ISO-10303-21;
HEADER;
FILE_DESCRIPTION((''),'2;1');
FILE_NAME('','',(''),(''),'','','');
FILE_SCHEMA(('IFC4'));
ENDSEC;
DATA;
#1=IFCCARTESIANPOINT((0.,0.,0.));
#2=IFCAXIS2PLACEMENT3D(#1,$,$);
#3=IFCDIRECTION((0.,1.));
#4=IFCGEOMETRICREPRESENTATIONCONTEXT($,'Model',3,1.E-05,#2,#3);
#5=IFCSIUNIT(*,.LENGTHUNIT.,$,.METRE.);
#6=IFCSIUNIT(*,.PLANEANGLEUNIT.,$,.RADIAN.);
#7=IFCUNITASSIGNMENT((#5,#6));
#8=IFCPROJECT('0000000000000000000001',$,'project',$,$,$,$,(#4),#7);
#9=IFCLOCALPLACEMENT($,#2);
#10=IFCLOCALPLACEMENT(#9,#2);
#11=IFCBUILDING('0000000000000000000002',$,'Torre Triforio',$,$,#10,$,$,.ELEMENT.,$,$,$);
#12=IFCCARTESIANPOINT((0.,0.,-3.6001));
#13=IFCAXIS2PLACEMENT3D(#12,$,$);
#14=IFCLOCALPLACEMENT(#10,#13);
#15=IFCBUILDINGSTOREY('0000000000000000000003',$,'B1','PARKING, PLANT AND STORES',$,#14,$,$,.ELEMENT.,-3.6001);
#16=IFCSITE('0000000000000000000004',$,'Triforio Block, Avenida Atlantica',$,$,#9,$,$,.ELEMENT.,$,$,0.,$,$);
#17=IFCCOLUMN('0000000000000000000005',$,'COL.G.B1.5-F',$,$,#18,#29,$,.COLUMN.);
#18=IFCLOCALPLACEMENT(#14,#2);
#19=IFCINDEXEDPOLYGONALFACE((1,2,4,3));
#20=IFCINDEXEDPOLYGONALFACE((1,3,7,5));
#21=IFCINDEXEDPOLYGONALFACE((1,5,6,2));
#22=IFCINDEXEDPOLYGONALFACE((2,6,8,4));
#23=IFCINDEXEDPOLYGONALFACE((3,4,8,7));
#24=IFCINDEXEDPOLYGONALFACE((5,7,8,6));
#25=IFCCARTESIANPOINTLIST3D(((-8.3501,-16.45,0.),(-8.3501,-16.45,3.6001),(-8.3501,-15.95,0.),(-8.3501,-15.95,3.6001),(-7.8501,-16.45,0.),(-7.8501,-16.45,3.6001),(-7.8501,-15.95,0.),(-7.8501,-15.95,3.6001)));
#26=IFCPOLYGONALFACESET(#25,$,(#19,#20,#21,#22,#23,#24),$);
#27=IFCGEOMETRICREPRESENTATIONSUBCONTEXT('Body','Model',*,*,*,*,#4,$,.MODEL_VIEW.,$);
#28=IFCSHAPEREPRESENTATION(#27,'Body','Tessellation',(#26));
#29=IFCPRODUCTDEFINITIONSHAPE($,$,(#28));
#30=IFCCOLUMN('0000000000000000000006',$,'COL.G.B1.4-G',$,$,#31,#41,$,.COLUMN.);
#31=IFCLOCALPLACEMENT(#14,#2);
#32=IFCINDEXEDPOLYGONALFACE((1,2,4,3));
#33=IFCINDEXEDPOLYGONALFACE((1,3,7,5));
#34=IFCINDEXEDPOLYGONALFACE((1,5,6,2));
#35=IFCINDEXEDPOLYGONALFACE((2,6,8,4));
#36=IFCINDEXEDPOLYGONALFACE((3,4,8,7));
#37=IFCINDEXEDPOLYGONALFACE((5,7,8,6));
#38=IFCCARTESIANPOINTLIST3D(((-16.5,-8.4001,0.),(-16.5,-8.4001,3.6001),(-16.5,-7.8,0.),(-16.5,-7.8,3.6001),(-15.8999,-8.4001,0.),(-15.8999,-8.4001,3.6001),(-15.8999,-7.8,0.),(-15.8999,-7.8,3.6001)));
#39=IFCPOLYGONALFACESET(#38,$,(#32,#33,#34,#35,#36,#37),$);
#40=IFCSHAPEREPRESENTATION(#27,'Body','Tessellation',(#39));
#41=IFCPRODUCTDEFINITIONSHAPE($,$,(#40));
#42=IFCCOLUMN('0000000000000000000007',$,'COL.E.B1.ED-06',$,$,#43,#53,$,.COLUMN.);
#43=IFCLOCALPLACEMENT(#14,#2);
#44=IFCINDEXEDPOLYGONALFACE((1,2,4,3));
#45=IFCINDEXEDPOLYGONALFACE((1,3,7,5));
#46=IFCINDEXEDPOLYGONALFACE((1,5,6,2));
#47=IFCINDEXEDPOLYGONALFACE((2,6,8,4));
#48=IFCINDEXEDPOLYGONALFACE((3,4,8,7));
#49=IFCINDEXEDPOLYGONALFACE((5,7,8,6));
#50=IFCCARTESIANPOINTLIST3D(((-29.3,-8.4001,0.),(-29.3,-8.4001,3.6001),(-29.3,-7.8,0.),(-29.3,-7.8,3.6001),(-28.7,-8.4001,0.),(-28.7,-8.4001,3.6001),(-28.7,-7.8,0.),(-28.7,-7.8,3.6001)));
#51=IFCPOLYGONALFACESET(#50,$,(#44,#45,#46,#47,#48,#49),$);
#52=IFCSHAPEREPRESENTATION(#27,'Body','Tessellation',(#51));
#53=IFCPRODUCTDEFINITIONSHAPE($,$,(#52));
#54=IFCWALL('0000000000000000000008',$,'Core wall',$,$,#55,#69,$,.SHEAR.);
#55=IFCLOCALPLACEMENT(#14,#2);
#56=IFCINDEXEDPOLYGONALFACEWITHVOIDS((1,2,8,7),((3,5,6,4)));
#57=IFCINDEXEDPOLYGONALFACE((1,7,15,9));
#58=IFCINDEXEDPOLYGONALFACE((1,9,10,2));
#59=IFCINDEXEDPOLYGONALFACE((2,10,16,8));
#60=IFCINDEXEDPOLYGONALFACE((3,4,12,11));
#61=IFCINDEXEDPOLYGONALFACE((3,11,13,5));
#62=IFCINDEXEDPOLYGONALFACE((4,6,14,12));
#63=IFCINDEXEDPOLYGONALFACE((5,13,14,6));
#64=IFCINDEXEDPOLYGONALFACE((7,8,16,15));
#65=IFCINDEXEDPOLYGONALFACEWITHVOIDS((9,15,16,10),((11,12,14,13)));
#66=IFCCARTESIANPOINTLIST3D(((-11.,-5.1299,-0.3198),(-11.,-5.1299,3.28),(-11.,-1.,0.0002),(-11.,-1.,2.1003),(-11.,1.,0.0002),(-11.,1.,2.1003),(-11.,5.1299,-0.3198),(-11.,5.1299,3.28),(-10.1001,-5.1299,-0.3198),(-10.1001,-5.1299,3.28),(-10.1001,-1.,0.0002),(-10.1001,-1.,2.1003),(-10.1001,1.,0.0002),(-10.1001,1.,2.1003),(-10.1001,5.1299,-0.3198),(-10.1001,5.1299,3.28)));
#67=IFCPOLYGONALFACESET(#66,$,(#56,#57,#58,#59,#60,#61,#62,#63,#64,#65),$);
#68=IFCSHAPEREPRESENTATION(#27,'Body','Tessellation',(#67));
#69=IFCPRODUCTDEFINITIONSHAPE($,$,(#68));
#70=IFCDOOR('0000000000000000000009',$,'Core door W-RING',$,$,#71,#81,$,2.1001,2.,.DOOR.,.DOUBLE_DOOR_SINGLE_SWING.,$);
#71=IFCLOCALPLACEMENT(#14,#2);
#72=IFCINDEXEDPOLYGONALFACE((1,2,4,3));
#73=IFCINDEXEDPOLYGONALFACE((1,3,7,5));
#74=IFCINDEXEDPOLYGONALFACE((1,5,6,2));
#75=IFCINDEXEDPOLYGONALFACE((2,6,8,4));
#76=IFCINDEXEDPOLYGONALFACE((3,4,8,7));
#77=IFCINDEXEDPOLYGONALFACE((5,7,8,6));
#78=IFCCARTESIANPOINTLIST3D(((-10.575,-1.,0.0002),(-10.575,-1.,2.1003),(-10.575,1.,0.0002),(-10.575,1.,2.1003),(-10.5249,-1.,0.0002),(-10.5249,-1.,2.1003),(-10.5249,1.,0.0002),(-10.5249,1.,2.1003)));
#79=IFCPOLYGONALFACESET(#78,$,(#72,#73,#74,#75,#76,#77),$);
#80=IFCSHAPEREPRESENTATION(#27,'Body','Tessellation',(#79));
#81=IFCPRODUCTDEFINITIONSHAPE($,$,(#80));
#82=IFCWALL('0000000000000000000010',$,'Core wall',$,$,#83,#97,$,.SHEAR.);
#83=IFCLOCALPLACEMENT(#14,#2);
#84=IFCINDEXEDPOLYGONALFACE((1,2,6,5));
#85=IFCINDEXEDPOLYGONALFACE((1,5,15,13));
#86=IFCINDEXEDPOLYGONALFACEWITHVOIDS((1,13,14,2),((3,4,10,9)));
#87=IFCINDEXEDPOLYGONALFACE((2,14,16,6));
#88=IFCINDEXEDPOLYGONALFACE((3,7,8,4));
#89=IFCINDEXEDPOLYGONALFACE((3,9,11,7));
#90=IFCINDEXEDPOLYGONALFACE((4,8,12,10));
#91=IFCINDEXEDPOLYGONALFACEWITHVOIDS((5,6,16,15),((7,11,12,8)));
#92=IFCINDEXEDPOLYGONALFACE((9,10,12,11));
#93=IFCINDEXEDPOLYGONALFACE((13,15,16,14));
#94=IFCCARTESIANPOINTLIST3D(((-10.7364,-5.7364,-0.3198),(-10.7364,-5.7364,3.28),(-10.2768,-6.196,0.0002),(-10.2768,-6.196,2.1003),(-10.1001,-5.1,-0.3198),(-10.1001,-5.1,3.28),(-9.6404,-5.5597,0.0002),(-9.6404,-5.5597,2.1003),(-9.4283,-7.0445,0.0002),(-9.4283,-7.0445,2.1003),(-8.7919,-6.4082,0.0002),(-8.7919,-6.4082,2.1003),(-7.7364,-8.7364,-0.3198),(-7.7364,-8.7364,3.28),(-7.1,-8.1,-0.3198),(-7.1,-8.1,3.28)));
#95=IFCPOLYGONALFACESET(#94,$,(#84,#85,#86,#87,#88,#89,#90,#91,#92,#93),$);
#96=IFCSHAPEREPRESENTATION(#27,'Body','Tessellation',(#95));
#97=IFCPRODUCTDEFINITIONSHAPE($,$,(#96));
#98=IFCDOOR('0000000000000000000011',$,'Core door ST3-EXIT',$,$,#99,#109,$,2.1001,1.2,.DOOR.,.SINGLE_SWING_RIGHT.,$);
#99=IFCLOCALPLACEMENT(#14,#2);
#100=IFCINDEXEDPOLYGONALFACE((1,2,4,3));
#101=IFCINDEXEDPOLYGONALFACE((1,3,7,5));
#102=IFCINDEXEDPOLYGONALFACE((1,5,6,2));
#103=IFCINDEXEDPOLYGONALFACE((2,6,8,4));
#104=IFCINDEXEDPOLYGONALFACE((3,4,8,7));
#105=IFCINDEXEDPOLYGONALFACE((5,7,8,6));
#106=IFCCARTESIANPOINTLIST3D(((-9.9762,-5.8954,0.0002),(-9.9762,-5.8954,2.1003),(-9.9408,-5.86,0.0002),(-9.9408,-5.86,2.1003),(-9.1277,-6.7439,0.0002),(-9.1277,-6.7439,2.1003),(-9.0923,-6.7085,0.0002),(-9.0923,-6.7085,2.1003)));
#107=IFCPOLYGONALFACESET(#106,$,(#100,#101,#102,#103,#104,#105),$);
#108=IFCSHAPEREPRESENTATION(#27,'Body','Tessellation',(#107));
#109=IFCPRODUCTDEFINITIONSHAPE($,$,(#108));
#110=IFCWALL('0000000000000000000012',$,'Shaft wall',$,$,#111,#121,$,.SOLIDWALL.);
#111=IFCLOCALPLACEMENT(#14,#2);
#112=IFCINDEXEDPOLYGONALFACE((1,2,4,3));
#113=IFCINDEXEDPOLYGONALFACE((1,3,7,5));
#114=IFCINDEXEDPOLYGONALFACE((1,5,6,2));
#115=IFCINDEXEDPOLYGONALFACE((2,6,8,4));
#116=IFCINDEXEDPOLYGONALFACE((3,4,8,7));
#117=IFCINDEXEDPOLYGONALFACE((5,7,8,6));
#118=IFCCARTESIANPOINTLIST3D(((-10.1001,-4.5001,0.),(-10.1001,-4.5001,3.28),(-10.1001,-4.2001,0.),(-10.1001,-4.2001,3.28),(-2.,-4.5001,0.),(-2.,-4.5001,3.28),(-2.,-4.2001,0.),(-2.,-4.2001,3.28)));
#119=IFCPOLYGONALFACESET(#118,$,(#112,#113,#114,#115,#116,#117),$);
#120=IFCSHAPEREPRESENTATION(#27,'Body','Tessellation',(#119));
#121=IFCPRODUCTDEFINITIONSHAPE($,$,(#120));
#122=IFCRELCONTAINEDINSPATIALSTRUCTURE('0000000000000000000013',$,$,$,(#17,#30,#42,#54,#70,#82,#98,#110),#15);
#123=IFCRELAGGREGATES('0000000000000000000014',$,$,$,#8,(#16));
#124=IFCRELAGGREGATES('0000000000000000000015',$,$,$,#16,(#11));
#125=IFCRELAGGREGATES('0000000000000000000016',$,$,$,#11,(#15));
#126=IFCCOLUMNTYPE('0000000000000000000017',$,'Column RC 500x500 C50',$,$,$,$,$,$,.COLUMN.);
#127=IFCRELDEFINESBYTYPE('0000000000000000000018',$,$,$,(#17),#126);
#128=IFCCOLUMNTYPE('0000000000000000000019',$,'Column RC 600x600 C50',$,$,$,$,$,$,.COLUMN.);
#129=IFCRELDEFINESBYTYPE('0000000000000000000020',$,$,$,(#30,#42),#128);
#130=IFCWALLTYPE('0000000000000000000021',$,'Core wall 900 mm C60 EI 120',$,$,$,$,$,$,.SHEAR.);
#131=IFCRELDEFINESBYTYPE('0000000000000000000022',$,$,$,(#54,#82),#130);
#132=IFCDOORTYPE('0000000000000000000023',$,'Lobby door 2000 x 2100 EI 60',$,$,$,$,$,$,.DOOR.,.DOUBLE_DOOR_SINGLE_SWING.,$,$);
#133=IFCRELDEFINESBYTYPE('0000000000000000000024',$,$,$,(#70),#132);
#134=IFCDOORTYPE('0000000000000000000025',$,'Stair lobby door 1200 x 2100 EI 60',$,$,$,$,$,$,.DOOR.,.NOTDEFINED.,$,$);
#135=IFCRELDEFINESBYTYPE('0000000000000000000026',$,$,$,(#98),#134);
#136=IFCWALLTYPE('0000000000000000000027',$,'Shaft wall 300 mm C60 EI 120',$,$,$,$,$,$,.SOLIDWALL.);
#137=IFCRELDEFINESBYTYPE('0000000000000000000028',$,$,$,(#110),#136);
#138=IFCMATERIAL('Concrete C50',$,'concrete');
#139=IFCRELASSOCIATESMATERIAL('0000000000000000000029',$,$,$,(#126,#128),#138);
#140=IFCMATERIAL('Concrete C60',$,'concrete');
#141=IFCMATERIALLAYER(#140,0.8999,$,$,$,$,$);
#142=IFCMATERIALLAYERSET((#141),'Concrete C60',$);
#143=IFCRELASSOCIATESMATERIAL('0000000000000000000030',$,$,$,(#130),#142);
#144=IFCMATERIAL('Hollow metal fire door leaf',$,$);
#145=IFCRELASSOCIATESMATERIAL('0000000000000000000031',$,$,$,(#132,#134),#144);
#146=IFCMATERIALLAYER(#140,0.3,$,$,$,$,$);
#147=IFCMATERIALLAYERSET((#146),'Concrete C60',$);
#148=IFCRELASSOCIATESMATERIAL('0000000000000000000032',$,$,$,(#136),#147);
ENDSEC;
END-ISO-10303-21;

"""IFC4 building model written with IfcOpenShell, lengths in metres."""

from ifc_helpers import new_model, si_unit, direction, frame, frame_2d, origin, origin_2d, place, context, subcontext, project, spatial, rectangle, extrude, material, layer, layer_set, material_profile, profile_set, type_object, element, fill, save


model = new_model("IFC4")

# Units and contexts
model_context = context("Model", 3, precision=1e-05, world=origin(), true_north=direction((0.0, 1.0)))
body_context = subcontext(model_context, "Body", "Model", "MODEL_VIEW")
ifc_project = project(units=[si_unit("LENGTHUNIT", "METRE"), si_unit("PLANEANGLEUNIT", "RADIAN")], contexts=[model_context])

# Site, building, storey
site_placement = place(None, origin())
site = spatial("IfcSite", under=ifc_project, at=site_placement, Name="Triforio Block, Avenida Atlantica", CompositionType="ELEMENT", RefElevation=0.0)
building_placement = place(site_placement, origin())
building = spatial("IfcBuilding", under=site, at=building_placement, Name="Torre Triforio", CompositionType="ELEMENT")
storey_placement = place(building_placement, frame((0.0, 0.0, -3.6001)))
storey = spatial("IfcBuildingStorey", under=building, at=storey_placement, Name="B1", Description="PARKING, PLANT AND STORES", CompositionType="ELEMENT", Elevation=-3.6001)

# Columns
ifc_material_1 = material(Name="Concrete C50", Category="concrete")
ifc_material_profile_1 = material_profile(ifc_material_1, rectangle(XDim=0.5, YDim=0.5, at=origin_2d()), Name="RC 500x500")
ifc_profile_set_1 = profile_set([ifc_material_profile_1], Name="Concrete C50")
column_type_1 = type_object("IfcColumnType", Name="Column RC 500x500 C50", PredefinedType="COLUMN", material=ifc_profile_set_1)
column_placement = place(storey_placement, frame((-8.1001, -16.2, 0.0), z_axis=(0.0, 0.0, 1.0), x_axis=(1.0, 0.0, 0.0)))
element("IfcColumn", 1, at=column_placement, inside=storey, type_object=column_type_1, Name="COL.G.B1.5-F", PredefinedType="COLUMN", context=body_context, shape_type="SweptSolid", body=[
    extrude(rectangle(XDim=0.5, YDim=0.5, at=origin_2d()), origin(), (0.0, 0.0, 1.0), 3.6001),
])
ifc_material_profile_2 = material_profile(ifc_material_1, rectangle(XDim=0.6001, YDim=0.6001, at=origin_2d()), Name="RC 600x600")
ifc_profile_set_2 = profile_set([ifc_material_profile_2], Name="Concrete C50")
column_type_2 = type_object("IfcColumnType", Name="Column RC 600x600 C50", PredefinedType="COLUMN", material=ifc_profile_set_2)
for number, where, z_axis, x_axis, name in (
    (2, (-16.2, -8.1001, 0.0), (0.0, 0.0, 1.0), (1.0, 0.0, 0.0), "COL.G.B1.4-G"),
    (3, (-29.0, -8.1001, 0.0), (0.0, 0.0, 1.0), (1.0, 0.0, 0.0), "COL.E.B1.ED-06"),
):
    element("IfcColumn", number, at=place(storey_placement, frame(where, z_axis=z_axis, x_axis=x_axis)), inside=storey, type_object=column_type_2, Name=name, PredefinedType="COLUMN", context=body_context, shape_type="SweptSolid", body=[
        extrude(rectangle(XDim=0.6001, YDim=0.6001, at=origin_2d()), origin(), (0.0, 0.0, 1.0), 3.6001),
    ])

# Walls, openings, doors
ifc_material_2 = material(Name="Concrete C60", Category="concrete")
ifc_layer_1 = layer(ifc_material_2, 0.8999)
ifc_layer_set_1 = layer_set([ifc_layer_1], Name="Concrete C60")
wall_type_1 = type_object("IfcWallType", Name="Core wall 900 mm C60 EI 120", PredefinedType="SHEAR", material=ifc_layer_set_1)
wall_1_placement = place(storey_placement, frame((-10.55, -5.1299, -0.3198), z_axis=(0.0, 0.0, 1.0), x_axis=(0.0, 1.0, 0.0)))
wall_1 = element("IfcWall", 4, at=wall_1_placement, inside=storey, type_object=wall_type_1, Name="Core wall", PredefinedType="SHEAR", context=body_context, shape_type="SweptSolid", body=[
    extrude(rectangle(XDim=10.2598, YDim=0.8999, at=frame_2d((5.1299, 0.0))), origin(), (0.0, 0.0, 1.0), 3.5999),
])
opening_1_placement = place(wall_1_placement, frame((4.1299, 0.0, 0.3201)))
opening_1 = element("IfcOpeningElement", 5, at=opening_1_placement, cuts=wall_1, PredefinedType="OPENING", context=body_context, shape_type="SweptSolid", body=[
    extrude(rectangle(XDim=2.0, YDim=2.1001, at=frame_2d((1.0, 1.05))), frame((0.0, 0.46, 0.0), z_axis=(0.0, -1.0, 0.0), x_axis=(1.0, 0.0, 0.0)), (0.0, 0.0, 1.0), 0.9199),
])
ifc_material_3 = material(Name="Hollow metal fire door leaf")
door_type_1 = type_object("IfcDoorType", Name="Lobby door 2000 x 2100 EI 60", OperationType="DOUBLE_DOOR_SINGLE_SWING", PredefinedType="DOOR", material=ifc_material_3)
door_1_placement = place(opening_1_placement, origin())
door_1 = element("IfcDoor", 6, at=door_1_placement, inside=storey, type_object=door_type_1, Name="Core door W-RING", OperationType="DOUBLE_DOOR_SINGLE_SWING", OverallHeight=2.1001, OverallWidth=2.0, PredefinedType="DOOR", context=body_context, shape_type="SweptSolid", body=[
    extrude(rectangle(XDim=2.0, YDim=2.1001, at=frame_2d((1.0, 1.05))), frame((0.0, 0.0249, 0.0), z_axis=(0.0, -1.0, 0.0), x_axis=(1.0, 0.0, 0.0)), (0.0, 0.0, 1.0), 0.05),
])
fill(opening_1, door_1)
wall_2_placement = place(storey_placement, frame((-7.4182, -8.4182, -0.3198), z_axis=(0.0, 0.0, 1.0), x_axis=(-0.707107, 0.707107, 0.0)))
wall_2 = element("IfcWall", 7, at=wall_2_placement, inside=storey, type_object=wall_type_1, Name="Core wall", PredefinedType="SHEAR", context=body_context, shape_type="SweptSolid", body=[
    extrude(rectangle(XDim=4.2427, YDim=0.8999, at=frame_2d((2.1213, 0.0))), origin(), (0.0, 0.0, 1.0), 3.5999),
])
opening_2_placement = place(wall_2_placement, frame((2.3926, 0.0, 0.3201)))
opening_2 = element("IfcOpeningElement", 8, at=opening_2_placement, cuts=wall_2, PredefinedType="OPENING", context=body_context, shape_type="SweptSolid", body=[
    extrude(rectangle(XDim=1.2, YDim=2.1001, at=frame_2d((0.6001, 1.05))), frame((0.0, 0.46, 0.0), z_axis=(0.0, -1.0, 0.0), x_axis=(1.0, 0.0, 0.0)), (0.0, 0.0, 1.0), 0.9199),
])
door_type_2 = type_object("IfcDoorType", Name="Stair lobby door 1200 x 2100 EI 60", OperationType="NOTDEFINED", PredefinedType="DOOR", material=ifc_material_3)
door_2_placement = place(opening_2_placement, origin())
door_2 = element("IfcDoor", 9, at=door_2_placement, inside=storey, type_object=door_type_2, Name="Core door ST3-EXIT", OperationType="SINGLE_SWING_RIGHT", OverallHeight=2.1001, OverallWidth=1.2, PredefinedType="DOOR", context=body_context, shape_type="SweptSolid", body=[
    extrude(rectangle(XDim=1.2, YDim=2.1001, at=frame_2d((0.6001, 1.05))), frame((0.0, 0.0249, 0.0), z_axis=(0.0, -1.0, 0.0), x_axis=(1.0, 0.0, 0.0)), (0.0, 0.0, 1.0), 0.05),
])
fill(opening_2, door_2)

# Wall
ifc_layer_2 = layer(ifc_material_2, 0.3)
ifc_layer_set_2 = layer_set([ifc_layer_2], Name="Concrete C60")
wall_type_2 = type_object("IfcWallType", Name="Shaft wall 300 mm C60 EI 120", PredefinedType="SOLIDWALL", material=ifc_layer_set_2)
wall_3_placement = place(storey_placement, frame((-10.1001, -4.3501, 0.0), z_axis=(0.0, 0.0, 1.0), x_axis=(1.0, 0.0, 0.0)))
element("IfcWall", 10, at=wall_3_placement, inside=storey, type_object=wall_type_2, Name="Shaft wall", PredefinedType="SOLIDWALL", context=body_context, shape_type="SweptSolid", body=[
    extrude(rectangle(XDim=8.1001, YDim=0.3, at=frame_2d((4.05, 0.0))), origin(), (0.0, 0.0, 1.0), 3.28),
])

save(model, "model.ifc")
